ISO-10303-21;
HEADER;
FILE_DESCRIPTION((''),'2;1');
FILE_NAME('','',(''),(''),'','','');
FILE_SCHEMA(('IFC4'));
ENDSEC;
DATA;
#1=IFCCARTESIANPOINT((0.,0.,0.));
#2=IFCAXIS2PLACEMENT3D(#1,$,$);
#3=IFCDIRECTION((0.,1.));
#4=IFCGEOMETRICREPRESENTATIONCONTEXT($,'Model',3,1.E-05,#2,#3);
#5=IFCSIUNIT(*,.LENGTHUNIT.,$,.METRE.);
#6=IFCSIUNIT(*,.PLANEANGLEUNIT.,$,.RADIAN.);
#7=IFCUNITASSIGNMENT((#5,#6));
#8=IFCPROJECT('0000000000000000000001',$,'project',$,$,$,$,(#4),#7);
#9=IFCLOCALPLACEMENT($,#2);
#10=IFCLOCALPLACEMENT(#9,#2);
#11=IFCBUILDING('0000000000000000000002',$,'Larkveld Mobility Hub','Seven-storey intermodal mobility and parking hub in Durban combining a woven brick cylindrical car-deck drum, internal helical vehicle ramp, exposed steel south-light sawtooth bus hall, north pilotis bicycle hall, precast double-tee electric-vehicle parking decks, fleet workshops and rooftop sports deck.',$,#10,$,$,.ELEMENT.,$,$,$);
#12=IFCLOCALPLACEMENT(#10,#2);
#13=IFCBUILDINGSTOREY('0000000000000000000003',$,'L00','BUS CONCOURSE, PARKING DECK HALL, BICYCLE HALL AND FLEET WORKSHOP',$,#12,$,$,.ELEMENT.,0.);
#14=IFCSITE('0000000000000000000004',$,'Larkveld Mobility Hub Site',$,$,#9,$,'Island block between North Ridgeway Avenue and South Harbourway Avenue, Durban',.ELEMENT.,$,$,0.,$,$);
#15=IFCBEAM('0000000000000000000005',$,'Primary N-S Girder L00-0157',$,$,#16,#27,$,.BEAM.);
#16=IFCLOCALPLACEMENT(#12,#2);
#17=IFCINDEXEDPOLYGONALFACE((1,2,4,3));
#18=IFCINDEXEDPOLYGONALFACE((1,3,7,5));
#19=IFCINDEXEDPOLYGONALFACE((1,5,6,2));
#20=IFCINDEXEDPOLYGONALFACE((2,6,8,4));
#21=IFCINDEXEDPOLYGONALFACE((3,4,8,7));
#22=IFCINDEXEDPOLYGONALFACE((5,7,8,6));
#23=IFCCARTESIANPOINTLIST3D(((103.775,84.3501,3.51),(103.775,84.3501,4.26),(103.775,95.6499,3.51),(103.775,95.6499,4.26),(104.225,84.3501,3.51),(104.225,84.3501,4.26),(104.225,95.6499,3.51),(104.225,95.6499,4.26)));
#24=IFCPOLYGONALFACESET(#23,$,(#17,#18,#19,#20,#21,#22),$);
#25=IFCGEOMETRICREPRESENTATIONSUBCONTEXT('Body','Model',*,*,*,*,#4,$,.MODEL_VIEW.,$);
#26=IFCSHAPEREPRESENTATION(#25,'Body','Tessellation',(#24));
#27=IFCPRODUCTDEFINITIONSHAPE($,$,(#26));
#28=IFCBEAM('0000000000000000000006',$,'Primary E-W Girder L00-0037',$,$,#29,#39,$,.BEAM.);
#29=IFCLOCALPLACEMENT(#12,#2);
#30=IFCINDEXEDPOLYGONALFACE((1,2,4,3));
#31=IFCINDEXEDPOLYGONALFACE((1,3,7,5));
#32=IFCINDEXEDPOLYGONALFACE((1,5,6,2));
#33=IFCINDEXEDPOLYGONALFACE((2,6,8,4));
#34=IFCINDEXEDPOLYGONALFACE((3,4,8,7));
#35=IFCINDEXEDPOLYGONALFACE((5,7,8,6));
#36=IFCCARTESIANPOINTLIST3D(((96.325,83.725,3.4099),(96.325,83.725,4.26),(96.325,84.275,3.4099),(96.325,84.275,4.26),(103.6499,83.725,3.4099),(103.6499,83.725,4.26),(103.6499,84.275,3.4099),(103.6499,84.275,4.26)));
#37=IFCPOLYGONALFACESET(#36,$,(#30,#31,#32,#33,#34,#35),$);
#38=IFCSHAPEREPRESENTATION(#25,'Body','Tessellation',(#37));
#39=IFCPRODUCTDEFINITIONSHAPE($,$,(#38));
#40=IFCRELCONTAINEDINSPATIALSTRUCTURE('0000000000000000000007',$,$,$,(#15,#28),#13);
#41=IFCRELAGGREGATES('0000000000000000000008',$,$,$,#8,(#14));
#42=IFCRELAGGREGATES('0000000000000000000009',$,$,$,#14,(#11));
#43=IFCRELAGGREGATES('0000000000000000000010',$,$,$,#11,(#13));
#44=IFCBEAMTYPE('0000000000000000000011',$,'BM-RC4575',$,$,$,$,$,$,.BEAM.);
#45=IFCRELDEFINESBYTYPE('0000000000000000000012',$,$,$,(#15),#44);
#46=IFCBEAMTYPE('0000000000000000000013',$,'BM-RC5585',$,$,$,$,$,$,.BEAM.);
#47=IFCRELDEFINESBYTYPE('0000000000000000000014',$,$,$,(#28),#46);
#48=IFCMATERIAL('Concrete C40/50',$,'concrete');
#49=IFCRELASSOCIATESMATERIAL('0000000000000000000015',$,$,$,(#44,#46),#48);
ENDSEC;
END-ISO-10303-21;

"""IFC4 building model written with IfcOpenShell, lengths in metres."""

from ifc_helpers import new_model, si_unit, direction, frame, origin, origin_2d, place, context, subcontext, project, spatial, rectangle, extrude, material, material_profile, profile_set, type_object, element, save


model = new_model("IFC4")

# Units and contexts
model_context = context("Model", 3, precision=1e-05, world=origin(), true_north=direction((0.0, 1.0)))
body_context = subcontext(model_context, "Body", "Model", "MODEL_VIEW")
ifc_project = project(units=[si_unit("LENGTHUNIT", "METRE"), si_unit("PLANEANGLEUNIT", "RADIAN")], contexts=[model_context])

# Site, building, storey
site_placement = place(None, origin())
site = spatial("IfcSite", under=ifc_project, at=site_placement, Name="Larkveld Mobility Hub Site", LongName="Island block between North Ridgeway Avenue and South Harbourway Avenue, Durban", CompositionType="ELEMENT", RefElevation=0.0)
building_placement = place(site_placement, origin())
building = spatial("IfcBuilding", under=site, at=building_placement, Name="Larkveld Mobility Hub", Description="Seven-storey intermodal mobility and parking hub in Durban combining a woven brick cylindrical car-deck drum, internal helical vehicle ramp, exposed steel south-light sawtooth bus hall, north pilotis bicycle hall, precast double-tee electric-vehicle parking decks, fleet workshops and rooftop sports deck.", CompositionType="ELEMENT")
storey_placement = place(building_placement, origin())
storey = spatial("IfcBuildingStorey", under=building, at=storey_placement, Name="L00", Description="BUS CONCOURSE, PARKING DECK HALL, BICYCLE HALL AND FLEET WORKSHOP", CompositionType="ELEMENT", Elevation=0.0)

# Shared definitions
ifc_material_1 = material(Name="Concrete C40/50", Category="concrete")

# Beams
ifc_material_profile_1 = material_profile(ifc_material_1, rectangle(XDim=0.45, YDim=0.75, at=origin_2d()), Name="RC BM 450x750")
ifc_profile_set_1 = profile_set([ifc_material_profile_1], Name="Concrete C40/50")
beam_type_1 = type_object("IfcBeamType", Name="BM-RC4575", PredefinedType="BEAM", material=ifc_profile_set_1)
beam_1_placement = place(storey_placement, frame((104.0, 84.3501, 3.885), z_axis=(0.0, 1.0, 0.0), x_axis=(-1.0, 0.0, 0.0)))
element("IfcBeam", 1, at=beam_1_placement, inside=storey, type_object=beam_type_1, Name="Primary N-S Girder L00-0157", PredefinedType="BEAM", context=body_context, shape_type="SweptSolid", body=[
    extrude(rectangle(XDim=0.45, YDim=0.75, at=origin_2d()), origin(), (0.0, 0.0, 1.0), 11.2998),
])
ifc_material_profile_2 = material_profile(ifc_material_1, rectangle(XDim=0.55, YDim=0.8501, at=origin_2d()), Name="RC BM 550x850")
ifc_profile_set_2 = profile_set([ifc_material_profile_2], Name="Concrete C40/50")
beam_type_2 = type_object("IfcBeamType", Name="BM-RC5585", PredefinedType="BEAM", material=ifc_profile_set_2)
beam_2_placement = place(storey_placement, frame((96.325, 84.0, 3.835), z_axis=(1.0, 0.0, 0.0), x_axis=(0.0, 1.0, 0.0)))
element("IfcBeam", 2, at=beam_2_placement, inside=storey, type_object=beam_type_2, Name="Primary E-W Girder L00-0037", PredefinedType="BEAM", context=body_context, shape_type="SweptSolid", body=[
    extrude(rectangle(XDim=0.55, YDim=0.8501, at=origin_2d()), origin(), (0.0, 0.0, 1.0), 7.325),
])

save(model, "model.ifc")
